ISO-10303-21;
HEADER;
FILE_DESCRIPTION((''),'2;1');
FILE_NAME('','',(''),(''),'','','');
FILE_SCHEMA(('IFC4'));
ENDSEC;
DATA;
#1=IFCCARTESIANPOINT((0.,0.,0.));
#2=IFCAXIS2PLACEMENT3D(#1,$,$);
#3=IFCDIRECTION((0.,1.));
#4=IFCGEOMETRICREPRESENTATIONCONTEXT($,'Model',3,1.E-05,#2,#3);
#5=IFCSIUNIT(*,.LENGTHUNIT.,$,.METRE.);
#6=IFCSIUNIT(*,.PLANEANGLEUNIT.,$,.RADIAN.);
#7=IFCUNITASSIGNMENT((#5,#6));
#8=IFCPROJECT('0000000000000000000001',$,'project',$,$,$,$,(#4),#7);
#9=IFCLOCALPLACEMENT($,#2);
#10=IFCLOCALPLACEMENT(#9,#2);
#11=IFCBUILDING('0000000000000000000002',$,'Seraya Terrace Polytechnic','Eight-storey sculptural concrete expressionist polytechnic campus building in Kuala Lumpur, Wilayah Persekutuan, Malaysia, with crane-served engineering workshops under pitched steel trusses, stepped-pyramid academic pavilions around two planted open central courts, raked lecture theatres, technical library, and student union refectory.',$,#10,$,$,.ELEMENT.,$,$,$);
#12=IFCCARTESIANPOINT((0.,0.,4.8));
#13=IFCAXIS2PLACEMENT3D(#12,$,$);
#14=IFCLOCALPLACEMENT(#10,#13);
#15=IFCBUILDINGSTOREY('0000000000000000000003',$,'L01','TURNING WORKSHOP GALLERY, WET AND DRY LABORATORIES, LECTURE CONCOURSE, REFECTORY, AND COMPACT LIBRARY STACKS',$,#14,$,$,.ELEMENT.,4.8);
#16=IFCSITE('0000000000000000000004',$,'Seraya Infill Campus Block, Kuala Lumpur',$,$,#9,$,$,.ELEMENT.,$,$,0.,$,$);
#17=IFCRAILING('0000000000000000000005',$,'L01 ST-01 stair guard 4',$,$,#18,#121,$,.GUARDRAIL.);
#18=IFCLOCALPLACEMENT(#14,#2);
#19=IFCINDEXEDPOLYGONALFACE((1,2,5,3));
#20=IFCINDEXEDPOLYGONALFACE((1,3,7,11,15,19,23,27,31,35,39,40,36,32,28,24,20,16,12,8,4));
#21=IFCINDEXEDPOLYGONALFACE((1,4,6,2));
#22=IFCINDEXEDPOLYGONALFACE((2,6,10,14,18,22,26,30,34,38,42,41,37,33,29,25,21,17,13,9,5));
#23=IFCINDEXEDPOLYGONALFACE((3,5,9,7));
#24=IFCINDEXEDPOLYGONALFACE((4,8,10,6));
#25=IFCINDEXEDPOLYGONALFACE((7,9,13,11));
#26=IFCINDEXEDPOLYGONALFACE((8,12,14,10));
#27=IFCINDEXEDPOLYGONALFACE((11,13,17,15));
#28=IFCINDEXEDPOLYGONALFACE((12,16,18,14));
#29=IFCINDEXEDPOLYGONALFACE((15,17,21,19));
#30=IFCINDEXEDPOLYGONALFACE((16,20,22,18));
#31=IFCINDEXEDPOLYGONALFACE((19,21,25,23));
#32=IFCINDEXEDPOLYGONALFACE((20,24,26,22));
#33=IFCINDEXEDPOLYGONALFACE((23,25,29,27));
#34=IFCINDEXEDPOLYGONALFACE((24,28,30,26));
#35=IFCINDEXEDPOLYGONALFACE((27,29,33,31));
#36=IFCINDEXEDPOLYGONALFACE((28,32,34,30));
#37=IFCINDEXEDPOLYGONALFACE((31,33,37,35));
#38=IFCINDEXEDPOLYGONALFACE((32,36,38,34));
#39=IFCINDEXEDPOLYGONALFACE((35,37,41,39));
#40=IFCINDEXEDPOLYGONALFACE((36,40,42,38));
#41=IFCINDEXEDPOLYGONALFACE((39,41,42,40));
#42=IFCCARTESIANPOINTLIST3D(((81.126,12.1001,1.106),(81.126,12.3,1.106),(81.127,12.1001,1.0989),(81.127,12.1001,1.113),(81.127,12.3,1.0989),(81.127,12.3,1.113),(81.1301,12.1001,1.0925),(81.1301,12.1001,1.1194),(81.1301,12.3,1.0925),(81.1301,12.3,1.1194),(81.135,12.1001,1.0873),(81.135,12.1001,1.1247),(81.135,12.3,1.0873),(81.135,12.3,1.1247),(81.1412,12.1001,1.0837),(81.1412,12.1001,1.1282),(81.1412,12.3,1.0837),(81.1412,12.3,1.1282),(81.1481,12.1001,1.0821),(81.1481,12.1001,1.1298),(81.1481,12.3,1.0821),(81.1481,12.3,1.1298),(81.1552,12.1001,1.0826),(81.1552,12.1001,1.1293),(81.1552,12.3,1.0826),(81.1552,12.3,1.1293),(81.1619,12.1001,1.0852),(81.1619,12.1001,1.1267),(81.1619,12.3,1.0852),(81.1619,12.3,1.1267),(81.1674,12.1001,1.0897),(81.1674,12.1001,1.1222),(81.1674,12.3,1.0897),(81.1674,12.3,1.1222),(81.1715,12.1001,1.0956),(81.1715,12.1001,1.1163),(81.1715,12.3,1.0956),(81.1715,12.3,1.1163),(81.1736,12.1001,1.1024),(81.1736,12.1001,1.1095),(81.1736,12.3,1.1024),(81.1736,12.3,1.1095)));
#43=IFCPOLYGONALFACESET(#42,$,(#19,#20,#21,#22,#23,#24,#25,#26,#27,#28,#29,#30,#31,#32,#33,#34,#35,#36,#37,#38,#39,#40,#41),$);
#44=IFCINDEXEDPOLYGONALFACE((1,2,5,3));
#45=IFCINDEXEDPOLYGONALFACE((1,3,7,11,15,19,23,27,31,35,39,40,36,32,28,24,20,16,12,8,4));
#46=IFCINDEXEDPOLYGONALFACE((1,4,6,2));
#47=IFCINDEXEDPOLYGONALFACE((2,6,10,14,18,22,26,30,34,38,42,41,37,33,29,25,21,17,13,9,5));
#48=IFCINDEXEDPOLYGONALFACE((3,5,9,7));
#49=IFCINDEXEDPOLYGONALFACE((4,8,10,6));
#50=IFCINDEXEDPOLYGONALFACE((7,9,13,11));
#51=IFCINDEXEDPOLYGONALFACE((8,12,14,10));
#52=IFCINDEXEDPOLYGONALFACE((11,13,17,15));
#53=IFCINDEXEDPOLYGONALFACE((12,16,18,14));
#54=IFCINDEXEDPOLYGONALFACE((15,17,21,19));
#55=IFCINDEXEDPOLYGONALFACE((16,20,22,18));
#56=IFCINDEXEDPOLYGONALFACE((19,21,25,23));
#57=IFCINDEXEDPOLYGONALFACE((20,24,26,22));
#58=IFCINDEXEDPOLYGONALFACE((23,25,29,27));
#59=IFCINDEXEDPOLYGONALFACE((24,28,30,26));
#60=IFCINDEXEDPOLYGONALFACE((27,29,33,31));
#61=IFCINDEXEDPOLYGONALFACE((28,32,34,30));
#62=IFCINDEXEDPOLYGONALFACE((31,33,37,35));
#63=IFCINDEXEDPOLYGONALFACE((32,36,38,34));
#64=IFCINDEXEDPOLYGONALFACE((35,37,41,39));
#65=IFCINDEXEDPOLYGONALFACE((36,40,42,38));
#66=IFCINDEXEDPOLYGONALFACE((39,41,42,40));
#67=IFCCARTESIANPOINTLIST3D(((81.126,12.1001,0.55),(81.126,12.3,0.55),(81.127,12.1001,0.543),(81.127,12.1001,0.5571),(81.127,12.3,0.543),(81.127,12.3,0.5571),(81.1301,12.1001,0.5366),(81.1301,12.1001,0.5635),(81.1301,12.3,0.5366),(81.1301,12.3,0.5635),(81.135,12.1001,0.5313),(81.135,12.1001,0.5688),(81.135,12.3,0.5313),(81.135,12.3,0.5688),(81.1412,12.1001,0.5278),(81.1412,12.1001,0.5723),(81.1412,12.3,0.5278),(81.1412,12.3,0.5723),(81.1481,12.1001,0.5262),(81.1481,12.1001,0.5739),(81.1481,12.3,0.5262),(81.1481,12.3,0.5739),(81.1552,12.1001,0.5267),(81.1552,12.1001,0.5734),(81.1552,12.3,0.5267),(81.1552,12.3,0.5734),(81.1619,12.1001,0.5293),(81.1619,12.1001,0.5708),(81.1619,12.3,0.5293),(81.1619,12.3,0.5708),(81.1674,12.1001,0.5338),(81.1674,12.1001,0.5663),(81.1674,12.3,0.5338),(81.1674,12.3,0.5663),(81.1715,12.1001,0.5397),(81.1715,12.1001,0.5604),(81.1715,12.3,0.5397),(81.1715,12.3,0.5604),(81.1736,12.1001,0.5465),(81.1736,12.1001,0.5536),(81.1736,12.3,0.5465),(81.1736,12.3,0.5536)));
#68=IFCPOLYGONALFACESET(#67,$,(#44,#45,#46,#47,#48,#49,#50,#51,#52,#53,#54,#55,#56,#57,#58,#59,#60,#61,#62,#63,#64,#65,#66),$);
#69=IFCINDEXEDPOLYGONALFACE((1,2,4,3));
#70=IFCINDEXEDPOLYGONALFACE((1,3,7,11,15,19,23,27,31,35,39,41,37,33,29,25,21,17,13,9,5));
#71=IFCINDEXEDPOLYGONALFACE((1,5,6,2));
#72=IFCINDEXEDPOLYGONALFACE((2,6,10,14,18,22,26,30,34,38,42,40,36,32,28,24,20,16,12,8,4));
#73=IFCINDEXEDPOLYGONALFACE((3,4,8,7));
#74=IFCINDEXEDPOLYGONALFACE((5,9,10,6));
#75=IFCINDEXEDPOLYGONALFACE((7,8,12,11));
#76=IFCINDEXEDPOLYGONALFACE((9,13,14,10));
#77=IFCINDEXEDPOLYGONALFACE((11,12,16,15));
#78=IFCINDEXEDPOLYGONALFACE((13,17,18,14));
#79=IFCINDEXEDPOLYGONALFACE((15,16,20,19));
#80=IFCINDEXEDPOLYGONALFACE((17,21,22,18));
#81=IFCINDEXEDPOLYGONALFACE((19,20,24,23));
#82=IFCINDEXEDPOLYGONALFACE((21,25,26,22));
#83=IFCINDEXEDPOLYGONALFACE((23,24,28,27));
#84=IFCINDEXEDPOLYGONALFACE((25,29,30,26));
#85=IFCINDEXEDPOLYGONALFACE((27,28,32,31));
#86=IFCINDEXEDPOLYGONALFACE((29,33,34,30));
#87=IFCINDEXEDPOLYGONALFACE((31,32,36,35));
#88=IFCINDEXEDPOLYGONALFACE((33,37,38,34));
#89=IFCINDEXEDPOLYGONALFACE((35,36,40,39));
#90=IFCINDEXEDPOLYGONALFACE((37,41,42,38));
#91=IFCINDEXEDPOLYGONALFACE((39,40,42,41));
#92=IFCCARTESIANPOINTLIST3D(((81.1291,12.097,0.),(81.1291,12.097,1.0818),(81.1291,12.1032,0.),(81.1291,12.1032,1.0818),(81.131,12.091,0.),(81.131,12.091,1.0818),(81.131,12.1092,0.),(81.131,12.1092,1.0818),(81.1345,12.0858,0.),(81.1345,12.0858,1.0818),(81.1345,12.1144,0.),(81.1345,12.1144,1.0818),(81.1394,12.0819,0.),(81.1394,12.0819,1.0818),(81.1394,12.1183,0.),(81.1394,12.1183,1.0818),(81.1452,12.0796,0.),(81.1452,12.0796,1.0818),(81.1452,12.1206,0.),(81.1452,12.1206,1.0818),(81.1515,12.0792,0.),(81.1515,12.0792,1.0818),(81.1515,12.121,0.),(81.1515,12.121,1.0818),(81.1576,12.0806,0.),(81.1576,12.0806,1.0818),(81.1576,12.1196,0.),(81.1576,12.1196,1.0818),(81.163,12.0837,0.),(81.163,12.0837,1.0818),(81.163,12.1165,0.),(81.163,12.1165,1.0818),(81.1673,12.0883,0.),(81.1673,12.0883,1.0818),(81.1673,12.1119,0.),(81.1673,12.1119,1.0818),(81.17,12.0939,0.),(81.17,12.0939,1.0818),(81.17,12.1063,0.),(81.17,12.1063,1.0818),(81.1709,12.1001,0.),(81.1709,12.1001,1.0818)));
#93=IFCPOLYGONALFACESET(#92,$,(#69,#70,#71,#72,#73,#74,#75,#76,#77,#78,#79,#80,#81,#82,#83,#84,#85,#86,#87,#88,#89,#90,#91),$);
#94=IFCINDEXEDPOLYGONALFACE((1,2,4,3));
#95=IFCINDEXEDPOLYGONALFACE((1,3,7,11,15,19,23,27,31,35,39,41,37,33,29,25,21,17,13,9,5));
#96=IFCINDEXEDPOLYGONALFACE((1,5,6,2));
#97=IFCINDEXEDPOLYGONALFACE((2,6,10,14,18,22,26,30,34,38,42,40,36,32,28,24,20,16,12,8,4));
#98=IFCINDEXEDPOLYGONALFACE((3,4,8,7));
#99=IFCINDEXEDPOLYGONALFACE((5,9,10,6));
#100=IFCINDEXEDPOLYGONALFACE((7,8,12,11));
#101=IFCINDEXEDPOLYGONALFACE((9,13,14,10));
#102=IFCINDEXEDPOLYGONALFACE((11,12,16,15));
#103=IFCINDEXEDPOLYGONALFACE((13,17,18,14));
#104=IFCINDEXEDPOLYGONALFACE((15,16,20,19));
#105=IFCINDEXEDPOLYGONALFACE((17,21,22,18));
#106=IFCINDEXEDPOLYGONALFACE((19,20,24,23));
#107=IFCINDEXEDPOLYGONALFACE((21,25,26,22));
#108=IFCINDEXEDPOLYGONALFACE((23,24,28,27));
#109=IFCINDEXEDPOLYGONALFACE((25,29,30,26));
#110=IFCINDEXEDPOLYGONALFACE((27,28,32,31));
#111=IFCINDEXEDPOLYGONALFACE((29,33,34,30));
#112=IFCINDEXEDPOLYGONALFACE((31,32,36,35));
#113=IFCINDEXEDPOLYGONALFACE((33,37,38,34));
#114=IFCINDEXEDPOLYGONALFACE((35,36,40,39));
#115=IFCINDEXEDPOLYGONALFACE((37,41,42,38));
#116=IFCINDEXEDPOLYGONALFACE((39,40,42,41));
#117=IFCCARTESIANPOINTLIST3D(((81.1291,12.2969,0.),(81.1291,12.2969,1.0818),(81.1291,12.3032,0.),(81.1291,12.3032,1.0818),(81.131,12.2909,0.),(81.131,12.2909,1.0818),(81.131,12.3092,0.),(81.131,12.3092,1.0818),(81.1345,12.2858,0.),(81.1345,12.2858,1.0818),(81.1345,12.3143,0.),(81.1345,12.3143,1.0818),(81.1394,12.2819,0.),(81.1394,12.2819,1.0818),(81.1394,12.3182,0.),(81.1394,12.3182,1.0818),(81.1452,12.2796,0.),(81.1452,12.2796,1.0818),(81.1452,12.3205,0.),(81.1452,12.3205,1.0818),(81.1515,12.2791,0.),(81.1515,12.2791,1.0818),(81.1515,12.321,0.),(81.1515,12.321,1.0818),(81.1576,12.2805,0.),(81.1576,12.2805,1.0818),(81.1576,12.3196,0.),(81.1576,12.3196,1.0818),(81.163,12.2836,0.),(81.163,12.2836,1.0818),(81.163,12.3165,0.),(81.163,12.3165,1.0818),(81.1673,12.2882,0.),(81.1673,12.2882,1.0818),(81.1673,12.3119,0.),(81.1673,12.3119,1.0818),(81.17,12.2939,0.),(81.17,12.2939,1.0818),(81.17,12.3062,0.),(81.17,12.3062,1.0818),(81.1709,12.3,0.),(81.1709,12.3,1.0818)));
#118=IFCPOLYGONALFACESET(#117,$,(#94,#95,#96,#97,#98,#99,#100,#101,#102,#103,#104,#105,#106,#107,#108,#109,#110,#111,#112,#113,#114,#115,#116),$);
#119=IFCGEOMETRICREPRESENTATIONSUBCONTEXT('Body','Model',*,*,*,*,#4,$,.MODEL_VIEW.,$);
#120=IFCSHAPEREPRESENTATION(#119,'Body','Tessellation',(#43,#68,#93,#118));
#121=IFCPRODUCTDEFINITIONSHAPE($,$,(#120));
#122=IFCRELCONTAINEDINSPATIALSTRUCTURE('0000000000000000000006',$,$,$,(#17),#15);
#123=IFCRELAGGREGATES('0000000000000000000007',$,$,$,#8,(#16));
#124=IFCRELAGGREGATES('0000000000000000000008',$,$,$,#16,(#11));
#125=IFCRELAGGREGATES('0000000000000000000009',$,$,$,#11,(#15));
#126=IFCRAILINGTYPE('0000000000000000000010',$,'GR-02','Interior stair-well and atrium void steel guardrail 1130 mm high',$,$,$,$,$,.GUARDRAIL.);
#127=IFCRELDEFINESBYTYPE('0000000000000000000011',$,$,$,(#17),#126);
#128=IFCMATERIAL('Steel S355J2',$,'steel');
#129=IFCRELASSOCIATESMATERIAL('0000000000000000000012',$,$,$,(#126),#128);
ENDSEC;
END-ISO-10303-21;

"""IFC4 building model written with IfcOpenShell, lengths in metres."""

from ifc_helpers import new_model, si_unit, direction, frame, origin, origin_2d, place, context, subcontext, project, spatial, circle, extrude, material, type_object, element, save


model = new_model("IFC4")

# Units and contexts
model_context = context("Model", 3, precision=1e-05, world=origin(), true_north=direction((0.0, 1.0)))
body_context = subcontext(model_context, "Body", "Model", "MODEL_VIEW")
ifc_project = project(units=[si_unit("LENGTHUNIT", "METRE"), si_unit("PLANEANGLEUNIT", "RADIAN")], contexts=[model_context])

# Site, building, storey
site_placement = place(None, origin())
site = spatial("IfcSite", under=ifc_project, at=site_placement, Name="Seraya Infill Campus Block, Kuala Lumpur", CompositionType="ELEMENT", RefElevation=0.0)
building_placement = place(site_placement, origin())
building = spatial("IfcBuilding", under=site, at=building_placement, Name="Seraya Terrace Polytechnic", Description="Eight-storey sculptural concrete expressionist polytechnic campus building in Kuala Lumpur, Wilayah Persekutuan, Malaysia, with crane-served engineering workshops under pitched steel trusses, stepped-pyramid academic pavilions around two planted open central courts, raked lecture theatres, technical library, and student union refectory.", CompositionType="ELEMENT")
storey_placement = place(building_placement, frame((0.0, 0.0, 4.8)))
storey = spatial("IfcBuildingStorey", under=building, at=storey_placement, Name="L01", Description="TURNING WORKSHOP GALLERY, WET AND DRY LABORATORIES, LECTURE CONCOURSE, REFECTORY, AND COMPACT LIBRARY STACKS", CompositionType="ELEMENT", Elevation=4.8)

# Shared definitions
ifc_material_1 = material(Name="Steel S355J2", Category="steel")

# Railing
railing_type_1 = type_object("IfcRailingType", Name="GR-02", Description="Interior stair-well and atrium void steel guardrail 1130 mm high", PredefinedType="GUARDRAIL", material=ifc_material_1)
railing_1_placement = place(storey_placement, frame((81.1499, 12.1001, 0.0)))
element("IfcRailing", 1, at=railing_1_placement, inside=storey, type_object=railing_type_1, Name="L01 ST-01 stair guard 4", PredefinedType="GUARDRAIL", context=body_context, shape_type="SweptSolid", body=[
    extrude(circle(Radius=0.0239, at=origin_2d()), frame((0.0, 0.0, 1.106), z_axis=(0.0, 1.0, 0.0), x_axis=(-1.0, 0.0, 0.0)), (0.0, 0.0, 1.0), 0.2),
    extrude(circle(Radius=0.0239, at=origin_2d()), frame((0.0, 0.0, 0.55), z_axis=(0.0, 1.0, 0.0), x_axis=(-1.0, 0.0, 0.0)), (0.0, 0.0, 1.0), 0.2),
    extrude(circle(Radius=0.021, at=origin_2d()), origin(), (0.0, 0.0, 1.0), 1.0818),
    extrude(circle(Radius=0.021, at=origin_2d()), frame((0.0, 0.2, 0.0)), (0.0, 0.0, 1.0), 1.0818),
])

save(model, "model.ifc")
